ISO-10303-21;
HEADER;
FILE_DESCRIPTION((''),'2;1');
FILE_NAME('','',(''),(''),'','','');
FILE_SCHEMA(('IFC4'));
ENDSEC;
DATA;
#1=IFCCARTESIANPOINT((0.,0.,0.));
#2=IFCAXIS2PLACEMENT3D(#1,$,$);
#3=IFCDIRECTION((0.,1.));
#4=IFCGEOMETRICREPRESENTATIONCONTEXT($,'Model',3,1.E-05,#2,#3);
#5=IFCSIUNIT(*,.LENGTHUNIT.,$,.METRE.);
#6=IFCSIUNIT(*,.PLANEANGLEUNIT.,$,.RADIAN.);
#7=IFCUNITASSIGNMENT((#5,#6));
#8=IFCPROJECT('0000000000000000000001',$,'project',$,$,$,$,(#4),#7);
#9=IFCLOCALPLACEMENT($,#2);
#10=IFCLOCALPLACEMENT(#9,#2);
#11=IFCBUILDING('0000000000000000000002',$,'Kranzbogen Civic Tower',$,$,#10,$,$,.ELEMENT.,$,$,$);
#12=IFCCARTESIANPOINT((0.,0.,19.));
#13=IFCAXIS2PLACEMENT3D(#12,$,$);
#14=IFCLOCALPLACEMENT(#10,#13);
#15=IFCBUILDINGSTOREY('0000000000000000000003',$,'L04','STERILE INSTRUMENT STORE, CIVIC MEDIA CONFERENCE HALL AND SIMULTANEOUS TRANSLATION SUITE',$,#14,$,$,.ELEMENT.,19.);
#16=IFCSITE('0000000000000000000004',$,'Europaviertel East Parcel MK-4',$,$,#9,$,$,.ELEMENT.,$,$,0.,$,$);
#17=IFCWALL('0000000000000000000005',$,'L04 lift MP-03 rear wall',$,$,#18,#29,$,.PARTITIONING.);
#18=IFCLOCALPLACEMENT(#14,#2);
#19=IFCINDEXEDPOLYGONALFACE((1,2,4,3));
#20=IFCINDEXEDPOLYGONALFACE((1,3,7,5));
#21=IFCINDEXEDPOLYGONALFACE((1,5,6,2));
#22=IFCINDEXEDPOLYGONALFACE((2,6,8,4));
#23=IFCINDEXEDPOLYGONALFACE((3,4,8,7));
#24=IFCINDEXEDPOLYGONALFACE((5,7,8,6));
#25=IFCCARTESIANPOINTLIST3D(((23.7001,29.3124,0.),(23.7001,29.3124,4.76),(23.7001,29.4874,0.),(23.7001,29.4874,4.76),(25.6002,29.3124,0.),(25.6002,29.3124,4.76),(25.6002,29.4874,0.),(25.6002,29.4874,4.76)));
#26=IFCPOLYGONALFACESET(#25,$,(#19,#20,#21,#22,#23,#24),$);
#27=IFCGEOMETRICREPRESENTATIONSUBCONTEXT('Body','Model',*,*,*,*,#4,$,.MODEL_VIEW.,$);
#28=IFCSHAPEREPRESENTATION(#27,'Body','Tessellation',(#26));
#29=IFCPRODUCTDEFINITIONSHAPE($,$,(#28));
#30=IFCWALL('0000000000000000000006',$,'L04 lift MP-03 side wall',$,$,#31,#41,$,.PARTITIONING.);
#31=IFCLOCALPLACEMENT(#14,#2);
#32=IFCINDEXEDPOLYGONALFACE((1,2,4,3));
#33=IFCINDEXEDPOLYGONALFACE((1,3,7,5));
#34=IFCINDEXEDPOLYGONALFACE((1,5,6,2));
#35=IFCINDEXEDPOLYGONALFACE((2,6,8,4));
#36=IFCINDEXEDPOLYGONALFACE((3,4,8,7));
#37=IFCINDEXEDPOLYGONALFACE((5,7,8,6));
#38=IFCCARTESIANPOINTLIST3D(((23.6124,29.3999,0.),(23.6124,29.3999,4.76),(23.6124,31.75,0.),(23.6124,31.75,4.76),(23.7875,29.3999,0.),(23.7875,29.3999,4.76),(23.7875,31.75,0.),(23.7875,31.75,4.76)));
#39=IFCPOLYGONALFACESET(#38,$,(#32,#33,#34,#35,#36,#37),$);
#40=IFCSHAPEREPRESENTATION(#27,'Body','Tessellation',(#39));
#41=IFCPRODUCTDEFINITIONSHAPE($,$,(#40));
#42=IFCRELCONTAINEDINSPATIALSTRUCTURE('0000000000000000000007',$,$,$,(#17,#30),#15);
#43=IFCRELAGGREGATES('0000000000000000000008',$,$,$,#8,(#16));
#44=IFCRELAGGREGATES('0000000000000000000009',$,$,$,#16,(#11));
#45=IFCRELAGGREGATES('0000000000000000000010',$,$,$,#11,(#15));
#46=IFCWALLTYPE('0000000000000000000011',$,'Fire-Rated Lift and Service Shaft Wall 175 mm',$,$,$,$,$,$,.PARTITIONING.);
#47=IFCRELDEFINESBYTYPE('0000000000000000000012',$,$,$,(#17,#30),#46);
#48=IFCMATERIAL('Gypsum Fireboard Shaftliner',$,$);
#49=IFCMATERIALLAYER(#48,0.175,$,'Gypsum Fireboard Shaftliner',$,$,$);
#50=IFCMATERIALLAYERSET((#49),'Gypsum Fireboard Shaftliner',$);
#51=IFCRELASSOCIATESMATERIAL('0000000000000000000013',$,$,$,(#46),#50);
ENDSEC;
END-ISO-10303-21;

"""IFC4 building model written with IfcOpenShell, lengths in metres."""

from ifc_helpers import new_model, si_unit, direction, frame, frame_2d, origin, place, context, subcontext, project, spatial, rectangle, extrude, material, layer, layer_set, type_object, element, save


model = new_model("IFC4")

# Units and contexts
model_context = context("Model", 3, precision=1e-05, world=origin(), true_north=direction((0.0, 1.0)))
body_context = subcontext(model_context, "Body", "Model", "MODEL_VIEW")
ifc_project = project(units=[si_unit("LENGTHUNIT", "METRE"), si_unit("PLANEANGLEUNIT", "RADIAN")], contexts=[model_context])

# Site, building, storey
site_placement = place(None, origin())
site = spatial("IfcSite", under=ifc_project, at=site_placement, Name="Europaviertel East Parcel MK-4", CompositionType="ELEMENT", RefElevation=0.0)
building_placement = place(site_placement, origin())
building = spatial("IfcBuilding", under=site, at=building_placement, Name="Kranzbogen Civic Tower", CompositionType="ELEMENT")
storey_placement = place(building_placement, frame((0.0, 0.0, 19.0)))
storey = spatial("IfcBuildingStorey", under=building, at=storey_placement, Name="L04", Description="STERILE INSTRUMENT STORE, CIVIC MEDIA CONFERENCE HALL AND SIMULTANEOUS TRANSLATION SUITE", CompositionType="ELEMENT", Elevation=19.0)

# Walls
ifc_material_1 = material(Name="Gypsum Fireboard Shaftliner")
ifc_layer_1 = layer(ifc_material_1, 0.175, Name="Gypsum Fireboard Shaftliner")
ifc_layer_set_1 = layer_set([ifc_layer_1], Name="Gypsum Fireboard Shaftliner")
wall_type_1 = type_object("IfcWallType", Name="Fire-Rated Lift and Service Shaft Wall 175 mm", PredefinedType="PARTITIONING", material=ifc_layer_set_1)
wall_1_placement = place(storey_placement, frame((23.7, 29.3999, 0.0), z_axis=(0.0, 0.0, 1.0), x_axis=(1.0, 0.0, 0.0)))
element("IfcWall", 1, at=wall_1_placement, inside=storey, type_object=wall_type_1, Name="L04 lift MP-03 rear wall", PredefinedType="PARTITIONING", context=body_context, shape_type="SweptSolid", body=[
    extrude(rectangle(XDim=1.9001, YDim=0.175, at=frame_2d((0.9502, 0.0))), origin(), (0.0, 0.0, 1.0), 4.76),
])
wall_2_placement = place(storey_placement, frame((23.7, 29.3999, 0.0), z_axis=(0.0, 0.0, 1.0), x_axis=(0.0, 1.0, 0.0)))
element("IfcWall", 2, at=wall_2_placement, inside=storey, type_object=wall_type_1, Name="L04 lift MP-03 side wall", PredefinedType="PARTITIONING", context=body_context, shape_type="SweptSolid", body=[
    extrude(rectangle(XDim=2.3501, YDim=0.175, at=frame_2d((1.175, 0.0))), origin(), (0.0, 0.0, 1.0), 4.76),
])

save(model, "model.ifc")
